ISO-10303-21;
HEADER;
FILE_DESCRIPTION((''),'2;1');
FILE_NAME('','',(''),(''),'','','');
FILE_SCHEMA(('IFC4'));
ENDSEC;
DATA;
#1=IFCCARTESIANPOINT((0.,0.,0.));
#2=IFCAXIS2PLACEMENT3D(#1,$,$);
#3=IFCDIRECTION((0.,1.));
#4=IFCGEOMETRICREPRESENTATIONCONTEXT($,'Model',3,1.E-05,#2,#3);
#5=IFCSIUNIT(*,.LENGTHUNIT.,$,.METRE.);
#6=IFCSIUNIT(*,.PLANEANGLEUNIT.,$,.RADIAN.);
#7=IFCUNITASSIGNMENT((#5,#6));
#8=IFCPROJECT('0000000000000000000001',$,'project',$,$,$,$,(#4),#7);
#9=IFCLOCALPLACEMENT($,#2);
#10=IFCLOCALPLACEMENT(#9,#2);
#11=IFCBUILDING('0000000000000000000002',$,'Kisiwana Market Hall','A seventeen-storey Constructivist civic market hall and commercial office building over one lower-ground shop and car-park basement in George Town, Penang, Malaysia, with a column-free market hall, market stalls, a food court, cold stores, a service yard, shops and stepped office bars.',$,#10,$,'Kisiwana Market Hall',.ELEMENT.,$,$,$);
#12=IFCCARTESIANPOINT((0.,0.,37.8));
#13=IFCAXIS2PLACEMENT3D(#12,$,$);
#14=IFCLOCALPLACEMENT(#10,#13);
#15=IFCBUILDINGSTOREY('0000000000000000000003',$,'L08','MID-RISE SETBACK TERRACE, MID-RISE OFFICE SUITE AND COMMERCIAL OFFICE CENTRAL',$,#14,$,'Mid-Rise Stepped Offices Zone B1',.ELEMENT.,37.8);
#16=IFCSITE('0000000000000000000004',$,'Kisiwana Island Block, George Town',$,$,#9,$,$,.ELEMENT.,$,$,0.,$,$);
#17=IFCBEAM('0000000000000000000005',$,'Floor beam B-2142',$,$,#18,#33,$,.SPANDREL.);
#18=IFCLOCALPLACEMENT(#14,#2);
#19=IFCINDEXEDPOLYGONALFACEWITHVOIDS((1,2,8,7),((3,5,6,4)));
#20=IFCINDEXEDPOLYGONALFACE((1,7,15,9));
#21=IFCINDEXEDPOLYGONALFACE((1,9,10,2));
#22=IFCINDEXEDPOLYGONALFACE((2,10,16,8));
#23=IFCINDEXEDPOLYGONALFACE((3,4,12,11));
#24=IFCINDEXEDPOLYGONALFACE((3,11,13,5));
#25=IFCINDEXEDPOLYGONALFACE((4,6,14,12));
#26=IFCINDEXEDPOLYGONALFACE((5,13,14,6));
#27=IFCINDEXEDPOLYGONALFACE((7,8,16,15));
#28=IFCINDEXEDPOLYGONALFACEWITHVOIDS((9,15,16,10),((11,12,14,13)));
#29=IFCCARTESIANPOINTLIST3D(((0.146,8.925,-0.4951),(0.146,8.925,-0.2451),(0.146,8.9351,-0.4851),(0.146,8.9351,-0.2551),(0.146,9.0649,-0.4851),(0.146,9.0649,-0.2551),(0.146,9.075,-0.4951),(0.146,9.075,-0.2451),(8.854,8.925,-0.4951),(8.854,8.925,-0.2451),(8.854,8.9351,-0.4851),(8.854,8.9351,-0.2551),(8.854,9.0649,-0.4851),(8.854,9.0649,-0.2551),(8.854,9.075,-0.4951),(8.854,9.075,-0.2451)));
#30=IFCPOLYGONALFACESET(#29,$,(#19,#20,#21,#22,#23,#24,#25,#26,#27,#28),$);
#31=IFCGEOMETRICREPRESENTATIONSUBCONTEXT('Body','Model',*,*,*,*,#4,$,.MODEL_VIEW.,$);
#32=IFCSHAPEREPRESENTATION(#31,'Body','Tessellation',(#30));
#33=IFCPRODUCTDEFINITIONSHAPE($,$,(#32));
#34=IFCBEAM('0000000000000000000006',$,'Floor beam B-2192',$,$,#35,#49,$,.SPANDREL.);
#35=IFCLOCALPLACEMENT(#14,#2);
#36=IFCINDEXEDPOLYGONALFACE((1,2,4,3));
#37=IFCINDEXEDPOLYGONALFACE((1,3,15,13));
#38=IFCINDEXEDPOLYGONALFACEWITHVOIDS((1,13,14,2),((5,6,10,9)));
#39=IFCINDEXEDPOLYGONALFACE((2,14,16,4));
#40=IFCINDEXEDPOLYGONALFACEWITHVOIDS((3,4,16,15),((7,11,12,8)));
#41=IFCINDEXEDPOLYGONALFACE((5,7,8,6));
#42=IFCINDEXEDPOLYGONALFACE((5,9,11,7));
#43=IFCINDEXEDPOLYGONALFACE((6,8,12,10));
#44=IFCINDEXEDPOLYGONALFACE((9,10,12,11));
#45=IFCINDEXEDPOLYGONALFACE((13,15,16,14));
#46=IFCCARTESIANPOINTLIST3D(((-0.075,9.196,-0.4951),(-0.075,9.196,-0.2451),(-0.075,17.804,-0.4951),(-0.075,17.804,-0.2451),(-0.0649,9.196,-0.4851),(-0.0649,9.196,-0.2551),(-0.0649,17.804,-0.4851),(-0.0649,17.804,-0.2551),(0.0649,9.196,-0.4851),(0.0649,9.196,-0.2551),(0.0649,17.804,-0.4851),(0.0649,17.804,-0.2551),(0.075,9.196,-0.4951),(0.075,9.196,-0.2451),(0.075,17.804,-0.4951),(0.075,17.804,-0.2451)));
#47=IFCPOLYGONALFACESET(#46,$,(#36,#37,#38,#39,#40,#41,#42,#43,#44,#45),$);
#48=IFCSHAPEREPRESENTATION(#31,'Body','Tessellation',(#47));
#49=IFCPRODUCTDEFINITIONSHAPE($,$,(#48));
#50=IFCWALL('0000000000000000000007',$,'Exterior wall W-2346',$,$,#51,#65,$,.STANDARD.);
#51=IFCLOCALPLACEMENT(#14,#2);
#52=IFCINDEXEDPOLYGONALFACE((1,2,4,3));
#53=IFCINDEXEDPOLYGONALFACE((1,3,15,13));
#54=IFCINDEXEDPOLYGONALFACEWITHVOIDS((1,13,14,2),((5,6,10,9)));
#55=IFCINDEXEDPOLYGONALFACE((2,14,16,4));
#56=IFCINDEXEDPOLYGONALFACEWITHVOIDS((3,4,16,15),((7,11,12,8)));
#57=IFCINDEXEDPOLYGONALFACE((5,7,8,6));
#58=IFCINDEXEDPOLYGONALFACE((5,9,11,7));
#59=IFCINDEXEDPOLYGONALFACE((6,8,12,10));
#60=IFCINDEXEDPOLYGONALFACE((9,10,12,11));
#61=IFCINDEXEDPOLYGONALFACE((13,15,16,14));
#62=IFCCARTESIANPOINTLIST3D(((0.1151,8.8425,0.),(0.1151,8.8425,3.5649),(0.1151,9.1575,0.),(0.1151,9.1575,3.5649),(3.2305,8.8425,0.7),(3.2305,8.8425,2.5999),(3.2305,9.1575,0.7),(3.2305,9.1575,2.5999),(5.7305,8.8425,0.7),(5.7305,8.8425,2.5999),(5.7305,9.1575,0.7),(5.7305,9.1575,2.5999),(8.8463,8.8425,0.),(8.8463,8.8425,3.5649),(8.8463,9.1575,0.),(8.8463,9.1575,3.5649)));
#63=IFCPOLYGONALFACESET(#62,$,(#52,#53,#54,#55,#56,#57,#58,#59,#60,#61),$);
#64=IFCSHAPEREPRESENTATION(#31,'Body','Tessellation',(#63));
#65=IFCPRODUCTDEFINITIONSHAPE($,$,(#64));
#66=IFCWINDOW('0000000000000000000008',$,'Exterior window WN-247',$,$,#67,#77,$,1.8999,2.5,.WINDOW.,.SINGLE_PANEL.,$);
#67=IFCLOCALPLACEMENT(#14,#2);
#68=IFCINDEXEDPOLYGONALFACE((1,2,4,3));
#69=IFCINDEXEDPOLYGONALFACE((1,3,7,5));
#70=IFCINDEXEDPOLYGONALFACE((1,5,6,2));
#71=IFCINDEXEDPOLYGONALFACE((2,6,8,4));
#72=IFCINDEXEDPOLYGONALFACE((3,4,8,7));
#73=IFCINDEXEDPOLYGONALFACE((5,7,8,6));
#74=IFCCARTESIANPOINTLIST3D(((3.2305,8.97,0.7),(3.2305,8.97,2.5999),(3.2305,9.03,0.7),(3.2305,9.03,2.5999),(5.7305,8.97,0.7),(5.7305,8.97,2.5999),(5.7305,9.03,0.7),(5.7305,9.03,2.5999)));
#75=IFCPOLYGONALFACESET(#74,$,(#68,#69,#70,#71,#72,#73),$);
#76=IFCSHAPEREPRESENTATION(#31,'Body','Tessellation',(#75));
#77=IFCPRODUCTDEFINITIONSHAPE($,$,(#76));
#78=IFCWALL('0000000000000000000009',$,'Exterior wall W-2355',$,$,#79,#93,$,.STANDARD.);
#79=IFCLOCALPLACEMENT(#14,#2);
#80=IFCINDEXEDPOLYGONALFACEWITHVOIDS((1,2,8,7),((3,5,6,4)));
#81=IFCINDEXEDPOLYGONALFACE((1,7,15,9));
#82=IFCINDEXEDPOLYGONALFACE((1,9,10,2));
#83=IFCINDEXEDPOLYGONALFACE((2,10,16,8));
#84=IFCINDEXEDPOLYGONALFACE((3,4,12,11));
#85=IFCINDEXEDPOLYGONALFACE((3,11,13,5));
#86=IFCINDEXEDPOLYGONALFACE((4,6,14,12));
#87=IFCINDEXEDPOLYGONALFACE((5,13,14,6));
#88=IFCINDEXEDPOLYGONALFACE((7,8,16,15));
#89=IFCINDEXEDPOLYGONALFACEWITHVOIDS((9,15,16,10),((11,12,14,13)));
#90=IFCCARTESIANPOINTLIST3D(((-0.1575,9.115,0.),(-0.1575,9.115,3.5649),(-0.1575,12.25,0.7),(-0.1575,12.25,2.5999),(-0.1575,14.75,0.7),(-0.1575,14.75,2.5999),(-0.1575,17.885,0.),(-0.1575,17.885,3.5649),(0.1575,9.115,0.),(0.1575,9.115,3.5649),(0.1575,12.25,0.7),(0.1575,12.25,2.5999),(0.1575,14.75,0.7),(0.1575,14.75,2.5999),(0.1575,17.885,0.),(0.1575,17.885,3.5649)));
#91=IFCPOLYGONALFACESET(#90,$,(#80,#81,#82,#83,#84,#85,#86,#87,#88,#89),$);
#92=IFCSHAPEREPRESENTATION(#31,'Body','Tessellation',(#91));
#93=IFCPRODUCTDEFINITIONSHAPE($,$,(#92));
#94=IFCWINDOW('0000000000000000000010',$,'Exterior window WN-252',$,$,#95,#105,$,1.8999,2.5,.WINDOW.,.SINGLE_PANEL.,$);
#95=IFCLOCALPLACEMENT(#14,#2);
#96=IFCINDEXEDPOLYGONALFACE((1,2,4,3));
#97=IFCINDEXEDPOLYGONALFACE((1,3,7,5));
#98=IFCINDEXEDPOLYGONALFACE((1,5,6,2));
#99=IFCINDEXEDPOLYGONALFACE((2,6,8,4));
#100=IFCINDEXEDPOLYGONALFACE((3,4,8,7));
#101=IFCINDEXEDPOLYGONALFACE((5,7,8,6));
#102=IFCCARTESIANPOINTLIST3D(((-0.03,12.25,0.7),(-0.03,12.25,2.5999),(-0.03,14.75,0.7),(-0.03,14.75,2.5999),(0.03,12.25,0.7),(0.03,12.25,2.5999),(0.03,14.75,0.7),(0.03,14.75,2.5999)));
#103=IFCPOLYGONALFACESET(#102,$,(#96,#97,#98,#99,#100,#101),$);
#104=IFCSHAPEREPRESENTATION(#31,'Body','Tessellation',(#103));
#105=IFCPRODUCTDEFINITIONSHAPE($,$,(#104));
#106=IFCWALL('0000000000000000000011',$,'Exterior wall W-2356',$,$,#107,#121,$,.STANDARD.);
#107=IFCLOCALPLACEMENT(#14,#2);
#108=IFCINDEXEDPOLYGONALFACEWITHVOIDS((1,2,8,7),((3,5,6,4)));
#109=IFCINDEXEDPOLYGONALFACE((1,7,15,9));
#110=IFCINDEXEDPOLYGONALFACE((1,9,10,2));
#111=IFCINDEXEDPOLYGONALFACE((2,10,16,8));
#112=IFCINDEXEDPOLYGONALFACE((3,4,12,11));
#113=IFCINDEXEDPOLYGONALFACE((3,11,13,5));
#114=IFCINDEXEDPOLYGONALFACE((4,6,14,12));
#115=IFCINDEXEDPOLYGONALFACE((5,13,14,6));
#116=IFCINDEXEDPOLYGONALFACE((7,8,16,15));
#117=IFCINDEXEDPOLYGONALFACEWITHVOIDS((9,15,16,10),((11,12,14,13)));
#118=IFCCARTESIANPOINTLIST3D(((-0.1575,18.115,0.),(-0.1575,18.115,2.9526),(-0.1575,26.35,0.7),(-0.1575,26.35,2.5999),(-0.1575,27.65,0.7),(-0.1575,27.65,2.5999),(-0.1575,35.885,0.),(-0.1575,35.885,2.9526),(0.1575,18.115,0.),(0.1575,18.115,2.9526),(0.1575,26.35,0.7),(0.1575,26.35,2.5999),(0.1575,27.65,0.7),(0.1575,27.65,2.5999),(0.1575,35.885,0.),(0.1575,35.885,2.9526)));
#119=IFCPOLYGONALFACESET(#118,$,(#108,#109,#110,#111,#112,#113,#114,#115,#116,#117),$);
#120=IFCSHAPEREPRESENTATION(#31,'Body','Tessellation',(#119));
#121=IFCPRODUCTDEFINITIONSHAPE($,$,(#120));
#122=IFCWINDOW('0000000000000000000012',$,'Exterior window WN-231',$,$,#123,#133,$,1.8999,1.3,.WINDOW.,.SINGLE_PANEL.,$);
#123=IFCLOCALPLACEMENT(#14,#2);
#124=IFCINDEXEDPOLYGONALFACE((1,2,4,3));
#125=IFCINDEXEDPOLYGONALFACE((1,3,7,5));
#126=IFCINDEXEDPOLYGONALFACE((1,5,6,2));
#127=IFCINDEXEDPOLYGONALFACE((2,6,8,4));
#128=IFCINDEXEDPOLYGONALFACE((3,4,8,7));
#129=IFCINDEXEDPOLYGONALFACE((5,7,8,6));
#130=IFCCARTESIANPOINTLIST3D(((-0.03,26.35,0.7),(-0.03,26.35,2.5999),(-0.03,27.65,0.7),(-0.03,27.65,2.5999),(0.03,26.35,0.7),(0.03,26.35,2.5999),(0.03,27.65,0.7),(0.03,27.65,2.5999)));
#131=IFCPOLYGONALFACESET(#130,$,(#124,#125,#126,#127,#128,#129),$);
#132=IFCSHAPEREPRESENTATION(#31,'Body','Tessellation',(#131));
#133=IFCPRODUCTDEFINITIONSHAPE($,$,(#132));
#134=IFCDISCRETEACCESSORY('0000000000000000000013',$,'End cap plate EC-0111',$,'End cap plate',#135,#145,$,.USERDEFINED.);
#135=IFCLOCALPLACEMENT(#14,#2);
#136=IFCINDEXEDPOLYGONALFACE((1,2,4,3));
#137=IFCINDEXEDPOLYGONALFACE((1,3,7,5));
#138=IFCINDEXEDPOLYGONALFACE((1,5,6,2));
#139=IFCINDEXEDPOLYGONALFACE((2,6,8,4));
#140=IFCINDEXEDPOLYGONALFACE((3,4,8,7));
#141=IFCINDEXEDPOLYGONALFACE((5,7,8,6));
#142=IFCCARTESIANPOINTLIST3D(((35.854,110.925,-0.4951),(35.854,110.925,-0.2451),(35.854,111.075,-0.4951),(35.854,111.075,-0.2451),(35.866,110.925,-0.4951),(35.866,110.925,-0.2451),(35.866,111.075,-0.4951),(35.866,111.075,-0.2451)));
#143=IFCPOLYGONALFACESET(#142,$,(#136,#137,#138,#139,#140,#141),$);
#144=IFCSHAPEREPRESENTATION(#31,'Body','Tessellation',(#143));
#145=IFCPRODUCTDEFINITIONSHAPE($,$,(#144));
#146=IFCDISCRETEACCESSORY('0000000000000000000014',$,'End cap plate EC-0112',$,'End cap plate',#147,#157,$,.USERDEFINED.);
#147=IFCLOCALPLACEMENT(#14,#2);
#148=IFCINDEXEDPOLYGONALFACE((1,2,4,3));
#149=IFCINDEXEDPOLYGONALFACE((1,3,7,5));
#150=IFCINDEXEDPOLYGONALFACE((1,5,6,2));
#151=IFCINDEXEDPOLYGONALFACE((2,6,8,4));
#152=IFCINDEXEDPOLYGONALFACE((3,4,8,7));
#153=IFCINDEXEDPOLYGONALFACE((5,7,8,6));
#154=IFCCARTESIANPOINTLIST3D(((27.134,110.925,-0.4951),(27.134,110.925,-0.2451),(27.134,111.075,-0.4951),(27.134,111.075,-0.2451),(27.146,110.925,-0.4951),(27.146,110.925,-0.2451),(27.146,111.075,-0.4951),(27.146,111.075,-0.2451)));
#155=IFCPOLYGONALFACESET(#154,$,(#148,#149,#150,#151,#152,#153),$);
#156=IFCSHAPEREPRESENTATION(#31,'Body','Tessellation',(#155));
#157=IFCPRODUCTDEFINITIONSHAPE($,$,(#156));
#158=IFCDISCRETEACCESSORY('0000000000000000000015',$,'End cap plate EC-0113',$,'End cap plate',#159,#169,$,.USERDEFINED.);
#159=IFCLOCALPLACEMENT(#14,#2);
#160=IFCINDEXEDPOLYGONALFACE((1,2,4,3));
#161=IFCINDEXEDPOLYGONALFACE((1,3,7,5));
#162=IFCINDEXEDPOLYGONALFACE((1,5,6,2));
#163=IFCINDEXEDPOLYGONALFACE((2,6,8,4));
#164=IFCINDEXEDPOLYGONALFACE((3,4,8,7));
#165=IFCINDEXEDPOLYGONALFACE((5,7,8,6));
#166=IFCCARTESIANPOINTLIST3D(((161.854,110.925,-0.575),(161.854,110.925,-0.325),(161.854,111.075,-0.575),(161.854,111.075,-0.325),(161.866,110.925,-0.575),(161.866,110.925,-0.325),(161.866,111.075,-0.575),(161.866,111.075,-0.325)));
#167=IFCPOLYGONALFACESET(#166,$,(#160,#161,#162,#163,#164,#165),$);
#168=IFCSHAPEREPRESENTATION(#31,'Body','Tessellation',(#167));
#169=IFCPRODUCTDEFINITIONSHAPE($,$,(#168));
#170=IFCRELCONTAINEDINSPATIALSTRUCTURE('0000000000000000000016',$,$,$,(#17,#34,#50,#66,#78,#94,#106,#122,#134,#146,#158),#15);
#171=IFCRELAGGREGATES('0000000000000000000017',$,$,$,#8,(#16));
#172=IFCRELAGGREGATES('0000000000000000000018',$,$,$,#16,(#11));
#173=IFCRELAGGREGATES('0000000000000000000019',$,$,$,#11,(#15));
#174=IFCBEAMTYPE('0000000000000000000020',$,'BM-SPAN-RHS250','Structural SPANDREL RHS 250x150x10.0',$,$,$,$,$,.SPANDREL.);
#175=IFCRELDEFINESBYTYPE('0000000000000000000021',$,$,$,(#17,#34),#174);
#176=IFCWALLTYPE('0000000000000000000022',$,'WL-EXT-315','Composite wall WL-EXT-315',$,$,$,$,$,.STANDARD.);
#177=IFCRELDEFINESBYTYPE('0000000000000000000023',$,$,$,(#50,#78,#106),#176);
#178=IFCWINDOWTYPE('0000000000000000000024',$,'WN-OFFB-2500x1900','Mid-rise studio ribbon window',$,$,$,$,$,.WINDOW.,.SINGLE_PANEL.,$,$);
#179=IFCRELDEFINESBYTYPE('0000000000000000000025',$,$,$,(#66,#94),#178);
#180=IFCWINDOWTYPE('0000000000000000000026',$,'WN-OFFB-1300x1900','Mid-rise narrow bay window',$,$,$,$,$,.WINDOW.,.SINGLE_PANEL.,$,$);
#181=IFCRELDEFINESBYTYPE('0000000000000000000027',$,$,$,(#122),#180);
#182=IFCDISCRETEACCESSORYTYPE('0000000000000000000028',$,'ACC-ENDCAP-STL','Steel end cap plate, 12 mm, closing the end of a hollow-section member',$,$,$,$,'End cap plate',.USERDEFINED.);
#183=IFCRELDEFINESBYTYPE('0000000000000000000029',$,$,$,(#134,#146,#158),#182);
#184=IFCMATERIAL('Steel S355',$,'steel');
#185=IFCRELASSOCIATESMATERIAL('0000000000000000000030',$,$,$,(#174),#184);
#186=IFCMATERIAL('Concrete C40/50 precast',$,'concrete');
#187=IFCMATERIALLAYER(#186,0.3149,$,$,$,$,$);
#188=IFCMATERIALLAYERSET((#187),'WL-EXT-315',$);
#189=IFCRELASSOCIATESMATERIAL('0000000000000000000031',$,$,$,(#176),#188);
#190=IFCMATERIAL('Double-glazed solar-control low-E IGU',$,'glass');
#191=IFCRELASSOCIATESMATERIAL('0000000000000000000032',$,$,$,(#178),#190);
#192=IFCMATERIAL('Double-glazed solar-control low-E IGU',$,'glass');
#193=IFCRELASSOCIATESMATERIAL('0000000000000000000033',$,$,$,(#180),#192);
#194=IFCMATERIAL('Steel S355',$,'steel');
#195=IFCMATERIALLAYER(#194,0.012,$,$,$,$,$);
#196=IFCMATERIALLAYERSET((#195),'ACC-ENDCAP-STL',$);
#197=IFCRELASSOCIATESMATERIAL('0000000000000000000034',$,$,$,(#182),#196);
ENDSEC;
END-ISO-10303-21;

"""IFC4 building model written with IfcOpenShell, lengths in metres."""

from ifc_helpers import new_model, si_unit, direction, frame, frame_2d, origin, origin_2d, place, context, subcontext, project, spatial, polyline, rectangle, hollow_rectangle, outline, extrude, material, layer, layer_set, material_profile, profile_set, type_object, element, fill, save


model = new_model("IFC4")

# Units and contexts
model_context = context("Model", 3, precision=1e-05, world=origin(), true_north=direction((0.0, 1.0)))
body_context = subcontext(model_context, "Body", "Model", "MODEL_VIEW")
ifc_project = project(units=[si_unit("LENGTHUNIT", "METRE"), si_unit("PLANEANGLEUNIT", "RADIAN")], contexts=[model_context])

# Site, building, storey
site_placement = place(None, origin())
site = spatial("IfcSite", under=ifc_project, at=site_placement, Name="Kisiwana Island Block, George Town", CompositionType="ELEMENT", RefElevation=0.0)
building_placement = place(site_placement, origin())
building = spatial("IfcBuilding", under=site, at=building_placement, Name="Kisiwana Market Hall", Description="A seventeen-storey Constructivist civic market hall and commercial office building over one lower-ground shop and car-park basement in George Town, Penang, Malaysia, with a column-free market hall, market stalls, a food court, cold stores, a service yard, shops and stepped office bars.", LongName="Kisiwana Market Hall", CompositionType="ELEMENT")
storey_placement = place(building_placement, frame((0.0, 0.0, 37.8)))
storey = spatial("IfcBuildingStorey", under=building, at=storey_placement, Name="L08", Description="MID-RISE SETBACK TERRACE, MID-RISE OFFICE SUITE AND COMMERCIAL OFFICE CENTRAL", LongName="Mid-Rise Stepped Offices Zone B1", CompositionType="ELEMENT", Elevation=37.8)

# Beams
ifc_material_1 = material(Name="Steel S355", Category="steel")
ifc_material_profile_1 = material_profile(ifc_material_1, hollow_rectangle(XDim=0.1499, YDim=0.25, WallThickness=0.01, at=origin_2d()), Name="RHS 250x150x10.0")
ifc_profile_set_1 = profile_set([ifc_material_profile_1], Name="Steel S355")
beam_type_1 = type_object("IfcBeamType", Name="BM-SPAN-RHS250", Description="Structural SPANDREL RHS 250x150x10.0", PredefinedType="SPANDREL", material=ifc_profile_set_1)
beam_1_placement = place(storey_placement, frame((0.146, 9.0, -0.3701), z_axis=(1.0, 0.0, 0.0), x_axis=(0.0, 1.0, 0.0)))
element("IfcBeam", 1, at=beam_1_placement, inside=storey, type_object=beam_type_1, Name="Floor beam B-2142", PredefinedType="SPANDREL", context=body_context, shape_type="SweptSolid", body=[
    extrude(hollow_rectangle(XDim=0.1499, YDim=0.25, WallThickness=0.01, at=origin_2d()), origin(), (0.0, 0.0, 1.0), 8.708),
])
beam_2_placement = place(storey_placement, frame((0.0, 9.196, -0.3701), z_axis=(0.0, 1.0, 0.0), x_axis=(-1.0, 0.0, 0.0)))
element("IfcBeam", 2, at=beam_2_placement, inside=storey, type_object=beam_type_1, Name="Floor beam B-2192", PredefinedType="SPANDREL", context=body_context, shape_type="SweptSolid", body=[
    extrude(hollow_rectangle(XDim=0.1499, YDim=0.25, WallThickness=0.01, at=origin_2d()), origin(), (0.0, 0.0, 1.0), 8.6079),
])

# Walls, openings, windows
ifc_material_2 = material(Name="Concrete C40/50 precast", Category="concrete")
ifc_layer_1 = layer(ifc_material_2, 0.3149)
ifc_layer_set_1 = layer_set([ifc_layer_1], Name="WL-EXT-315")
wall_type = type_object("IfcWallType", Name="WL-EXT-315", Description="Composite wall WL-EXT-315", PredefinedType="STANDARD", material=ifc_layer_set_1)
wall_1_placement = place(storey_placement, frame((0.115, 9.0, 0.0), z_axis=(0.0, 0.0, 1.0), x_axis=(1.0, 0.0, 0.0)))
wall_1 = element("IfcWall", 3, at=wall_1_placement, inside=storey, type_object=wall_type, Name="Exterior wall W-2346", PredefinedType="STANDARD", context=body_context, shape_type="SweptSolid", body=[
    extrude(rectangle(XDim=8.7312, YDim=0.3149, at=frame_2d((4.3657, 0.0))), origin(), (0.0, 0.0, 1.0), 3.5649),
])
opening_1_placement = place(wall_1_placement, frame((3.1155, 0.0, 0.7)))
opening_1 = element("IfcOpeningElement", 4, at=opening_1_placement, cuts=wall_1, PredefinedType="OPENING", context=body_context, shape_type="SweptSolid", body=[
    extrude(rectangle(XDim=2.5, YDim=1.8999, at=frame_2d((1.25, 0.95))), frame((0.0, 0.1694, 0.0), z_axis=(0.0, -1.0, 0.0), x_axis=(1.0, 0.0, 0.0)), (0.0, 0.0, 1.0), 0.3389),
])
ifc_material_3 = material(Name="Double-glazed solar-control low-E IGU", Category="glass")
window_type_1 = type_object("IfcWindowType", Name="WN-OFFB-2500x1900", Description="Mid-rise studio ribbon window", PartitioningType="SINGLE_PANEL", PredefinedType="WINDOW", material=ifc_material_3)
window_1_placement = place(opening_1_placement, origin())
window_1 = element("IfcWindow", 5, at=window_1_placement, inside=storey, type_object=window_type_1, Name="Exterior window WN-247", OverallHeight=1.8999, OverallWidth=2.5, PartitioningType="SINGLE_PANEL", PredefinedType="WINDOW", context=body_context, shape_type="SweptSolid", body=[
    extrude(rectangle(XDim=2.5, YDim=1.8999, at=frame_2d((1.25, 0.95))), frame((0.0, 0.03, 0.0), z_axis=(0.0, -1.0, 0.0), x_axis=(1.0, 0.0, 0.0)), (0.0, 0.0, 1.0), 0.0601),
])
fill(opening_1, window_1)
wall_2_placement = place(storey_placement, frame((0.0, 9.115, 0.0), z_axis=(0.0, 0.0, 1.0), x_axis=(0.0, 1.0, 0.0)))
wall_2 = element("IfcWall", 6, at=wall_2_placement, inside=storey, type_object=wall_type, Name="Exterior wall W-2355", PredefinedType="STANDARD", context=body_context, shape_type="SweptSolid", body=[
    extrude(rectangle(XDim=8.77, YDim=0.3149, at=frame_2d((4.385, 0.0))), origin(), (0.0, 0.0, 1.0), 3.5649),
])
opening_2_placement = place(wall_2_placement, frame((3.135, 0.0, 0.7)))
opening_2 = element("IfcOpeningElement", 7, at=opening_2_placement, cuts=wall_2, PredefinedType="OPENING", context=body_context, shape_type="SweptSolid", body=[
    extrude(rectangle(XDim=2.5, YDim=1.8999, at=frame_2d((1.25, 0.95))), frame((0.0, 0.1694, 0.0), z_axis=(0.0, -1.0, 0.0), x_axis=(1.0, 0.0, 0.0)), (0.0, 0.0, 1.0), 0.3389),
])
window_2_placement = place(opening_2_placement, origin())
window_2 = element("IfcWindow", 8, at=window_2_placement, inside=storey, type_object=window_type_1, Name="Exterior window WN-252", OverallHeight=1.8999, OverallWidth=2.5, PartitioningType="SINGLE_PANEL", PredefinedType="WINDOW", context=body_context, shape_type="SweptSolid", body=[
    extrude(rectangle(XDim=2.5, YDim=1.8999, at=frame_2d((1.25, 0.95))), frame((0.0, 0.03, 0.0), z_axis=(0.0, -1.0, 0.0), x_axis=(1.0, 0.0, 0.0)), (0.0, 0.0, 1.0), 0.0601),
])
fill(opening_2, window_2)
wall_3_placement = place(storey_placement, frame((0.0, 18.115, 0.0), z_axis=(0.0, 0.0, 1.0), x_axis=(0.0, 1.0, 0.0)))
wall_3 = element("IfcWall", 9, at=wall_3_placement, inside=storey, type_object=wall_type, Name="Exterior wall W-2356", PredefinedType="STANDARD", context=body_context, shape_type="SweptSolid", body=[
    extrude(rectangle(XDim=17.77, YDim=0.3149, at=frame_2d((8.885, 0.0))), origin(), (0.0, 0.0, 1.0), 2.9526),
])
opening_3_placement = place(wall_3_placement, frame((8.2351, 0.0, 0.7)))
opening_3 = element("IfcOpeningElement", 10, at=opening_3_placement, cuts=wall_3, PredefinedType="OPENING", context=body_context, shape_type="SweptSolid", body=[
    extrude(rectangle(XDim=1.3, YDim=1.8999, at=frame_2d((0.6499, 0.95))), frame((0.0, 0.1694, 0.0), z_axis=(0.0, -1.0, 0.0), x_axis=(1.0, 0.0, 0.0)), (0.0, 0.0, 1.0), 0.3389),
])
ifc_material_4 = material(Name="Double-glazed solar-control low-E IGU", Category="glass")
window_type_2 = type_object("IfcWindowType", Name="WN-OFFB-1300x1900", Description="Mid-rise narrow bay window", PartitioningType="SINGLE_PANEL", PredefinedType="WINDOW", material=ifc_material_4)
window_3_placement = place(opening_3_placement, origin())
window_3 = element("IfcWindow", 11, at=window_3_placement, inside=storey, type_object=window_type_2, Name="Exterior window WN-231", OverallHeight=1.8999, OverallWidth=1.3, PartitioningType="SINGLE_PANEL", PredefinedType="WINDOW", context=body_context, shape_type="SweptSolid", body=[
    extrude(rectangle(XDim=1.3, YDim=1.8999, at=frame_2d((0.6499, 0.95))), frame((0.0, 0.03, 0.0), z_axis=(0.0, -1.0, 0.0), x_axis=(1.0, 0.0, 0.0)), (0.0, 0.0, 1.0), 0.0601),
])
fill(opening_3, window_3)

# Discrete accessories
ifc_material_5 = material(Name="Steel S355", Category="steel")
ifc_layer_2 = layer(ifc_material_5, 0.012)
ifc_layer_set_2 = layer_set([ifc_layer_2], Name="ACC-ENDCAP-STL")
discrete_accessory_type = type_object("IfcDiscreteAccessoryType", Name="ACC-ENDCAP-STL", Description="Steel end cap plate, 12 mm, closing the end of a hollow-section member", ElementType="End cap plate", PredefinedType="USERDEFINED", material=ifc_layer_set_2)
discrete_accessory_1_placement = place(storey_placement, frame((0.0, 0.0, -0.4951)))
element("IfcDiscreteAccessory", 12, at=discrete_accessory_1_placement, inside=storey, type_object=discrete_accessory_type, Name="End cap plate EC-0111", ObjectType="End cap plate", PredefinedType="USERDEFINED", context=body_context, shape_type="SweptSolid", body=[
    extrude(outline(polyline([(35.854, 110.925), (35.866, 110.925), (35.866, 111.075), (35.854, 111.075), (35.854, 110.925)])), origin(), (0.0, 0.0, 1.0), 0.25),
])
discrete_accessory_2_placement = place(storey_placement, frame((0.0, 0.0, -0.4951)))
element("IfcDiscreteAccessory", 13, at=discrete_accessory_2_placement, inside=storey, type_object=discrete_accessory_type, Name="End cap plate EC-0112", ObjectType="End cap plate", PredefinedType="USERDEFINED", context=body_context, shape_type="SweptSolid", body=[
    extrude(outline(polyline([(27.146, 110.925), (27.146, 111.075), (27.134, 111.075), (27.134, 110.925), (27.146, 110.925)])), origin(), (0.0, 0.0, 1.0), 0.25),
])
discrete_accessory_3_placement = place(storey_placement, frame((0.0, 0.0, -0.575)))
element("IfcDiscreteAccessory", 14, at=discrete_accessory_3_placement, inside=storey, type_object=discrete_accessory_type, Name="End cap plate EC-0113", ObjectType="End cap plate", PredefinedType="USERDEFINED", context=body_context, shape_type="SweptSolid", body=[
    extrude(outline(polyline([(161.854, 110.925), (161.866, 110.925), (161.866, 111.075), (161.854, 111.075), (161.854, 110.925)])), origin(), (0.0, 0.0, 1.0), 0.25),
])

save(model, "model.ifc")
